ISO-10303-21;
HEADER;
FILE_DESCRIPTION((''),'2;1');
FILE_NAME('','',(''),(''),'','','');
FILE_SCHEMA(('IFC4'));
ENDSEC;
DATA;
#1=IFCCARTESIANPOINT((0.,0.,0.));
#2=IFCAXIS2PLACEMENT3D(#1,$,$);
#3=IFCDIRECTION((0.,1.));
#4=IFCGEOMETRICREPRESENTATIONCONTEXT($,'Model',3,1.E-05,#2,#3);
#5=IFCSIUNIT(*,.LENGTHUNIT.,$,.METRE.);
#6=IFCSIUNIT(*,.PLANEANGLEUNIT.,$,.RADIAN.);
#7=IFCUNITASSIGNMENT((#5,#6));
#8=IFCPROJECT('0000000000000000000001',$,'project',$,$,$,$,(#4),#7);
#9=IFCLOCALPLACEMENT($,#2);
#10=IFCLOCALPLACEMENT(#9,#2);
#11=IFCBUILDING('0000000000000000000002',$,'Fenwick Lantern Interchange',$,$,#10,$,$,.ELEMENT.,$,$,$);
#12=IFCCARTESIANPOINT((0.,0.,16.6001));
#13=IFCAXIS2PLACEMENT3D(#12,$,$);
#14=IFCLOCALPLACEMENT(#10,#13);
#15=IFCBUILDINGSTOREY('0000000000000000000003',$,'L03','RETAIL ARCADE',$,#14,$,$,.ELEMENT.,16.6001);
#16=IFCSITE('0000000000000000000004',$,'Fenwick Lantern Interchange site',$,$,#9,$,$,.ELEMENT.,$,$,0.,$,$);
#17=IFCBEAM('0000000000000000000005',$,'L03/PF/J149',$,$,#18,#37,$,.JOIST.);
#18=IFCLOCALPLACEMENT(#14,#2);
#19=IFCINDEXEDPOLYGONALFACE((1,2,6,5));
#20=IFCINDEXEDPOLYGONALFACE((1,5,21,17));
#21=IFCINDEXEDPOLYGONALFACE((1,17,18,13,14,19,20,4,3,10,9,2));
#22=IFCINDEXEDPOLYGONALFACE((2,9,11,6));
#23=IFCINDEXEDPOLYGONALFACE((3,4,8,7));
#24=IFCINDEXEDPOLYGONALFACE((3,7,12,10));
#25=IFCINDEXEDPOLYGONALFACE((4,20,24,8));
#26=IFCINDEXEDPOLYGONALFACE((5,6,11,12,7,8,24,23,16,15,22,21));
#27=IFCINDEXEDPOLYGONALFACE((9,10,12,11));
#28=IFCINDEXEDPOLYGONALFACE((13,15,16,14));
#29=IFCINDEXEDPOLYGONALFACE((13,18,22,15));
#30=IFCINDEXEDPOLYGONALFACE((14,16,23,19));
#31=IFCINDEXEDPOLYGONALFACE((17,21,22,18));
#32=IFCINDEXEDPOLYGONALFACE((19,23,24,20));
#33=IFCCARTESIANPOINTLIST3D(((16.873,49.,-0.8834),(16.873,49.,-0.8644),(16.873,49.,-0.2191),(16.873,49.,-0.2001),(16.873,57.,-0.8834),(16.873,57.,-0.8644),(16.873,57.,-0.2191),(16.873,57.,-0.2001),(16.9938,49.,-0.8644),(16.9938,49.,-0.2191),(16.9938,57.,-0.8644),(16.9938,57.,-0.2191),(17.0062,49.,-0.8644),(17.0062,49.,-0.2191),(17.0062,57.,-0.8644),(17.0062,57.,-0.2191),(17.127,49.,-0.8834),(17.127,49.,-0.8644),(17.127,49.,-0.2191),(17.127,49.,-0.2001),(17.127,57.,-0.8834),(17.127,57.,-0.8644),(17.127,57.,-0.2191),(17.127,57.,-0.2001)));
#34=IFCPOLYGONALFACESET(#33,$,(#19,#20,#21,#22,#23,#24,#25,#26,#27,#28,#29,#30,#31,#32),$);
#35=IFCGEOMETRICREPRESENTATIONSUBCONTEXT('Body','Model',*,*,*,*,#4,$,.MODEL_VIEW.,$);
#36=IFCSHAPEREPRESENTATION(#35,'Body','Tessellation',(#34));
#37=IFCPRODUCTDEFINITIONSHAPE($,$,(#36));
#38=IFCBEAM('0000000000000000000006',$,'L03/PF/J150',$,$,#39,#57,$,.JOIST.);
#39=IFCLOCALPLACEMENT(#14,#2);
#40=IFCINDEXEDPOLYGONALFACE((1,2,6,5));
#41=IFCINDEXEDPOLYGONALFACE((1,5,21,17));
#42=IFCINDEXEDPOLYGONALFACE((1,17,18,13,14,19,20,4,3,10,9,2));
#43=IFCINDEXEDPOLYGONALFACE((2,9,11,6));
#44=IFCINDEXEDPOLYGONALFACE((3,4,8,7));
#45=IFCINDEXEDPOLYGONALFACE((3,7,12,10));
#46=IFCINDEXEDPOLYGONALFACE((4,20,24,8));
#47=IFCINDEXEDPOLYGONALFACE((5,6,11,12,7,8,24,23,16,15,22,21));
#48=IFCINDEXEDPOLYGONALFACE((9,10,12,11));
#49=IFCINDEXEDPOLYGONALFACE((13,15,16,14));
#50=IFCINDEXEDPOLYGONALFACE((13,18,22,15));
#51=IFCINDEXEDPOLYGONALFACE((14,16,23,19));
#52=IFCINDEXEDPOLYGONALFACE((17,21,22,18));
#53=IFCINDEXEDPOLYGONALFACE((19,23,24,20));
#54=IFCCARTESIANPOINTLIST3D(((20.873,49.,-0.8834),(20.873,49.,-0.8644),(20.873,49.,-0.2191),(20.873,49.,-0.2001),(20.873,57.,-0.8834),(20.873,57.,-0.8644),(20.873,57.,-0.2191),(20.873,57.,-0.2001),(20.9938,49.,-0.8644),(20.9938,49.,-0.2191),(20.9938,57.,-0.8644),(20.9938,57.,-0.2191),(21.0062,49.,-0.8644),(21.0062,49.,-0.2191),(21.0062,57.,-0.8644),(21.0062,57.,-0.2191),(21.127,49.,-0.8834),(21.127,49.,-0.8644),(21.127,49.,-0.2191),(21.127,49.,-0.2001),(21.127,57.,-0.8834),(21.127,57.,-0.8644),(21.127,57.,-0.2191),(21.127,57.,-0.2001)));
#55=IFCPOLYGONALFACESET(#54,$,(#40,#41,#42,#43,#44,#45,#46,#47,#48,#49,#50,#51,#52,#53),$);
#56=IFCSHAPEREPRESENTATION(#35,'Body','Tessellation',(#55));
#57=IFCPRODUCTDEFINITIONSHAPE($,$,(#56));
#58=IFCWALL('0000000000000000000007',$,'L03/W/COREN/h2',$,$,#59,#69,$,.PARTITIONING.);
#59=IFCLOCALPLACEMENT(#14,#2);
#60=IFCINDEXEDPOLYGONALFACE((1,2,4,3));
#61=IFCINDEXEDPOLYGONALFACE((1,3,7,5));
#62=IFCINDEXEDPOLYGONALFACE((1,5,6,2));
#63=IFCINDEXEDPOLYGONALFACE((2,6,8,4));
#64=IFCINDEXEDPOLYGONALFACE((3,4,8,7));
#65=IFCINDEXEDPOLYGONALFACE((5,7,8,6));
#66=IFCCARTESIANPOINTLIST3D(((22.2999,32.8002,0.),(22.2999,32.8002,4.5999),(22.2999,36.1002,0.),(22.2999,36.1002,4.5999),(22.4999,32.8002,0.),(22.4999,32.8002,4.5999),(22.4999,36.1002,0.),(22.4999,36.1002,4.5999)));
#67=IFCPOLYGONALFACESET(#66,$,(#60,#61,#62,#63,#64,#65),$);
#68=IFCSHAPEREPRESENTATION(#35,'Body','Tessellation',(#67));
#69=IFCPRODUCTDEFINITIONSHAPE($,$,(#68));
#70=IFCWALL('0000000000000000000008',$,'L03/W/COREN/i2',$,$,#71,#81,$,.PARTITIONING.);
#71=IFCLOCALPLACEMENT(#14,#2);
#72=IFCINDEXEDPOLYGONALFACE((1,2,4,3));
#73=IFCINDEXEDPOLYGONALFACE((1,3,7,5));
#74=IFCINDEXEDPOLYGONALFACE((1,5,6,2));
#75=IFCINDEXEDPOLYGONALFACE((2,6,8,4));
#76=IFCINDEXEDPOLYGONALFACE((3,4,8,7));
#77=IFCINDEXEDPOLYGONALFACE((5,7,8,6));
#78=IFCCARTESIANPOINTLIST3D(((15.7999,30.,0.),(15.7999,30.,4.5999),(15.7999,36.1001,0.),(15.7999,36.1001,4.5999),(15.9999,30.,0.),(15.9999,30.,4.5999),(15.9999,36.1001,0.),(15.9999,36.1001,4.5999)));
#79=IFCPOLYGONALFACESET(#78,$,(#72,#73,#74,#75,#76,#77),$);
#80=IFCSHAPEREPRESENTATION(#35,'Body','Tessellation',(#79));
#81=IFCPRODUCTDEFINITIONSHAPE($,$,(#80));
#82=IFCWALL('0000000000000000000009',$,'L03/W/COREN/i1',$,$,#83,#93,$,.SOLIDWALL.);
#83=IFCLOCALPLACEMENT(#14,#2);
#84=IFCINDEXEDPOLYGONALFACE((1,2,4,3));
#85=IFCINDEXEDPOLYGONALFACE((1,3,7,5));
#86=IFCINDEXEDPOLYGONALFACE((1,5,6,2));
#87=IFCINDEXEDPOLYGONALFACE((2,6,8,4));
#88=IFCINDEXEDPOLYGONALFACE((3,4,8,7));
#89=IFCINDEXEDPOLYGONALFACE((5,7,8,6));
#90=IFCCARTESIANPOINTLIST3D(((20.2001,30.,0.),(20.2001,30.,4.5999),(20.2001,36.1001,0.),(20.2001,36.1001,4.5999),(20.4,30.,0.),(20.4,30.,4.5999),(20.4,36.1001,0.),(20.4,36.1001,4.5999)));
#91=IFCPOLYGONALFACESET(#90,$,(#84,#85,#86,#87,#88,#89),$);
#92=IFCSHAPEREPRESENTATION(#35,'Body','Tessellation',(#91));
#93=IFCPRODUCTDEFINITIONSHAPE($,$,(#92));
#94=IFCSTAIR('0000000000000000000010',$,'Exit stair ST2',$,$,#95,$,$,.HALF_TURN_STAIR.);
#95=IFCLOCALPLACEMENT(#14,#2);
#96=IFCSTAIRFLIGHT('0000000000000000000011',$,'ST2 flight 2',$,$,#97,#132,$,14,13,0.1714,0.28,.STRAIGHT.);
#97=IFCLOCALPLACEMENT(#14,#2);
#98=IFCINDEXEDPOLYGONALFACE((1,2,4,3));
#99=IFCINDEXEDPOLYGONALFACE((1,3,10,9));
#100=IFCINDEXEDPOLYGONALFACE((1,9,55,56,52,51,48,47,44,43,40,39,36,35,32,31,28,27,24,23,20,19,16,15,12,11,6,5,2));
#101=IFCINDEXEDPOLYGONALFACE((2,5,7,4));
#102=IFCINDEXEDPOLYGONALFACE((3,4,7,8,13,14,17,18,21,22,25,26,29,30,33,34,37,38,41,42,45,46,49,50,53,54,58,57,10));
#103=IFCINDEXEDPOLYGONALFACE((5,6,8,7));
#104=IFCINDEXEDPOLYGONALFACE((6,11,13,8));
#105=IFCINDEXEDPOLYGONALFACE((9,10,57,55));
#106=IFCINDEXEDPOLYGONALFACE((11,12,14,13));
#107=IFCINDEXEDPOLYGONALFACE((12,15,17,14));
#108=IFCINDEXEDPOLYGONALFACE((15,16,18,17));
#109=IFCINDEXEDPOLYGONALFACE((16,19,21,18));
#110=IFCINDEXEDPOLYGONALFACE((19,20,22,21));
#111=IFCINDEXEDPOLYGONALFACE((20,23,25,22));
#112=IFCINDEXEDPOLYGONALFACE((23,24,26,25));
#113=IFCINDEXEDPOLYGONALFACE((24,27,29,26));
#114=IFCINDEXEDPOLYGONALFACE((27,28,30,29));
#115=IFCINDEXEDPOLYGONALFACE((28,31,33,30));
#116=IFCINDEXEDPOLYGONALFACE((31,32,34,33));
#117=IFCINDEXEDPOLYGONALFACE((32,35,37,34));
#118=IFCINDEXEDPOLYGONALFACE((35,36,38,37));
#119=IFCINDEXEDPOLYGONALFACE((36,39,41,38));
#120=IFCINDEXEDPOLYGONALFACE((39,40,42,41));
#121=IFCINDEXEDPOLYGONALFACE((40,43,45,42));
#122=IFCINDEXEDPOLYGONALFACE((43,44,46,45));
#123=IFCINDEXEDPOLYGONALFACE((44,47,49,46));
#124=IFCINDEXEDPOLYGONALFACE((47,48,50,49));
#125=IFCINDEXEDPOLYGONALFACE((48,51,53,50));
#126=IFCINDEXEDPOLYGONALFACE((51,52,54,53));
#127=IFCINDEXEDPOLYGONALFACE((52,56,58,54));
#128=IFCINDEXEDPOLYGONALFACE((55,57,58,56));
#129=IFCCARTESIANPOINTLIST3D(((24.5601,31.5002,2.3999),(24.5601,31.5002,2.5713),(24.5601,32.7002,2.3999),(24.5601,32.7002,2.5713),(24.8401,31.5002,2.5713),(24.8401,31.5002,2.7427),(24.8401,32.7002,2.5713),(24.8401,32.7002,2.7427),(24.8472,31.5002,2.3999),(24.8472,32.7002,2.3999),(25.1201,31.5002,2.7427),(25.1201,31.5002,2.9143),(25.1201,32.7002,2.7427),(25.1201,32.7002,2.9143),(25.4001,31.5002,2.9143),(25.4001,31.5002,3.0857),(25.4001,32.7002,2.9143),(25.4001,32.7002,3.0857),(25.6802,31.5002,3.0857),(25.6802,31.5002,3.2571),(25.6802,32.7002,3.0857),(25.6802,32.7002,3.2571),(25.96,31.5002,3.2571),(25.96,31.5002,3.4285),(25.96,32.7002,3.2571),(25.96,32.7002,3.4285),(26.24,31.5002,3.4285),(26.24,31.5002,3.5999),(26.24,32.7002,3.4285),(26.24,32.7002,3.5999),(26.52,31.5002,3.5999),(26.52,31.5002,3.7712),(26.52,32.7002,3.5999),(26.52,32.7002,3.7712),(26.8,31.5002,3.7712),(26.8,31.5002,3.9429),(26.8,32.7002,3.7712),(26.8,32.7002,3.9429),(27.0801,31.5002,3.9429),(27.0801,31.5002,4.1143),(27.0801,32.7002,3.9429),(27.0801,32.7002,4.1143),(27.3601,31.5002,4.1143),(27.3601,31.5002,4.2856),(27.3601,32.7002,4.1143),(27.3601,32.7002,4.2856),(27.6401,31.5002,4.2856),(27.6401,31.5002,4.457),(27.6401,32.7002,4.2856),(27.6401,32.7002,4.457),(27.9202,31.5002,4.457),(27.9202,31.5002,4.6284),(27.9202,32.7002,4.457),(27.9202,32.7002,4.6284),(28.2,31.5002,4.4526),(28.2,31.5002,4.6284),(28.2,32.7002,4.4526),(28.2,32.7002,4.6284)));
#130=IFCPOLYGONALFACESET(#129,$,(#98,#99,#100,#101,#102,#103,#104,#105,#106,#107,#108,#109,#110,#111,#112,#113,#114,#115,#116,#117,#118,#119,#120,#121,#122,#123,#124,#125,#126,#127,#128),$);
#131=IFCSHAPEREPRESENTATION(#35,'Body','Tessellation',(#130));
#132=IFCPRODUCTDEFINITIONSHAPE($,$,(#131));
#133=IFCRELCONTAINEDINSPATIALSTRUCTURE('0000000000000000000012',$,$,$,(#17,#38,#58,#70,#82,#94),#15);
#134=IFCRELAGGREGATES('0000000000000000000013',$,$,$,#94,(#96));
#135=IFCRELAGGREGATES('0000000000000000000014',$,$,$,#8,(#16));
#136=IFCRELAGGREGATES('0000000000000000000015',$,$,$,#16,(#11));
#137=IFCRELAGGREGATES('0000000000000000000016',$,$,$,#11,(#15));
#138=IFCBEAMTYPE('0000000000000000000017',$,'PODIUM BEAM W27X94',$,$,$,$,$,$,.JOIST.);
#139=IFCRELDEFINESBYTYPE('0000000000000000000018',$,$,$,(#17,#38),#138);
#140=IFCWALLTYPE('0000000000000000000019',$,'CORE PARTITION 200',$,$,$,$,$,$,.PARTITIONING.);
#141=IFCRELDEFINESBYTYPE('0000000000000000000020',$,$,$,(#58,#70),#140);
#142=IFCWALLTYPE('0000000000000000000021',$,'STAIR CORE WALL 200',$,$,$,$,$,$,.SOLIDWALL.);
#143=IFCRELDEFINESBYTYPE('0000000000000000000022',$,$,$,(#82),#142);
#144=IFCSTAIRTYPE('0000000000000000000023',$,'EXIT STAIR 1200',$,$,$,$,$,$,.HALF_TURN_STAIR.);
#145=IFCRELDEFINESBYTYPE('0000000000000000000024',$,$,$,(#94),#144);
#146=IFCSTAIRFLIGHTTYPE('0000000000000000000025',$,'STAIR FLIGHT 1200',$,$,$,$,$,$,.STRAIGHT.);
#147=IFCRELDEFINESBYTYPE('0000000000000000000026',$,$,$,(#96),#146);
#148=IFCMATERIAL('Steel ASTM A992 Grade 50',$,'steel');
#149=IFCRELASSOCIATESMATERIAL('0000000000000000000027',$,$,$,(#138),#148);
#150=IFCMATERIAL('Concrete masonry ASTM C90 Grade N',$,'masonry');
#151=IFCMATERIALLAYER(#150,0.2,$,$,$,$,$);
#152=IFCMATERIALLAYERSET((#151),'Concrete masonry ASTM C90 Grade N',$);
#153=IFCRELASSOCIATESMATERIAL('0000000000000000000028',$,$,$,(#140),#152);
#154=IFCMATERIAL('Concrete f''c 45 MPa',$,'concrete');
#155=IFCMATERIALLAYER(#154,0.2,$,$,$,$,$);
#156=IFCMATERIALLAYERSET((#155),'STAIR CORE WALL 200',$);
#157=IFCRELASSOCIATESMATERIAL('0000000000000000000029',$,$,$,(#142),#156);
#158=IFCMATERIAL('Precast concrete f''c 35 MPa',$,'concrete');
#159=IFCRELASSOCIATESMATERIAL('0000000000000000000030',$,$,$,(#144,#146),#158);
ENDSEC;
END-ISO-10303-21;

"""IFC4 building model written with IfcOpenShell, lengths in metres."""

from ifc_helpers import new_model, si_unit, direction, frame, frame_2d, origin, origin_2d, place, context, subcontext, project, spatial, polyline, rectangle, i_section, outline, extrude, material, layer, layer_set, material_profile, profile_set, type_object, element, aggregate, save


model = new_model("IFC4")

# Units and contexts
model_context = context("Model", 3, precision=1e-05, world=origin(), true_north=direction((0.0, 1.0)))
body_context = subcontext(model_context, "Body", "Model", "MODEL_VIEW")
ifc_project = project(units=[si_unit("LENGTHUNIT", "METRE"), si_unit("PLANEANGLEUNIT", "RADIAN")], contexts=[model_context])

# Site, building, storey
site_placement = place(None, origin())
site = spatial("IfcSite", under=ifc_project, at=site_placement, Name="Fenwick Lantern Interchange site", CompositionType="ELEMENT", RefElevation=0.0)
building_placement = place(site_placement, origin())
building = spatial("IfcBuilding", under=site, at=building_placement, Name="Fenwick Lantern Interchange", CompositionType="ELEMENT")
storey_placement = place(building_placement, frame((0.0, 0.0, 16.6001)))
storey = spatial("IfcBuildingStorey", under=building, at=storey_placement, Name="L03", Description="RETAIL ARCADE", CompositionType="ELEMENT", Elevation=16.6001)

# Beams
ifc_material_1 = material(Name="Steel ASTM A992 Grade 50", Category="steel")
ifc_material_profile_1 = material_profile(ifc_material_1, i_section(OverallWidth=0.2539, OverallDepth=0.6833, WebThickness=0.0125, FlangeThickness=0.019, at=origin_2d()), Name="W27X94")
ifc_profile_set_1 = profile_set([ifc_material_profile_1], Name="Steel ASTM A992 Grade 50")
beam_type_1 = type_object("IfcBeamType", Name="PODIUM BEAM W27X94", PredefinedType="JOIST", material=ifc_profile_set_1)
for number, where, z_axis, x_axis, name in (
    (1, (17.0, 49.0, -0.5417), (0.0, 1.0, 0.0), (-1.0, 0.0, 0.0), "L03/PF/J149"),
    (2, (21.0, 49.0, -0.5417), (0.0, 1.0, 0.0), (-1.0, 0.0, 0.0), "L03/PF/J150"),
):
    element("IfcBeam", number, at=place(storey_placement, frame(where, z_axis=z_axis, x_axis=x_axis)), inside=storey, type_object=beam_type_1, Name=name, PredefinedType="JOIST", context=body_context, shape_type="SweptSolid", body=[
        extrude(i_section(OverallWidth=0.2539, OverallDepth=0.6833, WebThickness=0.0125, FlangeThickness=0.019, at=origin_2d()), origin(), (0.0, 0.0, 1.0), 8.0),
    ])

# Walls
ifc_material_2 = material(Name="Concrete masonry ASTM C90 Grade N", Category="masonry")
ifc_layer_1 = layer(ifc_material_2, 0.2)
ifc_layer_set_1 = layer_set([ifc_layer_1], Name="Concrete masonry ASTM C90 Grade N")
wall_type_1 = type_object("IfcWallType", Name="CORE PARTITION 200", PredefinedType="PARTITIONING", material=ifc_layer_set_1)
wall_1_placement = place(storey_placement, frame((22.3999, 36.1001, 0.0), z_axis=(0.0, 0.0, 1.0), x_axis=(0.0, -1.0, 0.0)))
element("IfcWall", 3, at=wall_1_placement, inside=storey, type_object=wall_type_1, Name="L03/W/COREN/h2", PredefinedType="PARTITIONING", context=body_context, shape_type="SweptSolid", body=[
    extrude(rectangle(XDim=3.3, YDim=0.2, at=frame_2d((1.6499, 0.0))), origin(), (0.0, 0.0, 1.0), 4.5999),
])
wall_2_placement = place(storey_placement, frame((15.8999, 36.1001, 0.0), z_axis=(0.0, 0.0, 1.0), x_axis=(0.0, -1.0, 0.0)))
element("IfcWall", 4, at=wall_2_placement, inside=storey, type_object=wall_type_1, Name="L03/W/COREN/i2", PredefinedType="PARTITIONING", context=body_context, shape_type="SweptSolid", body=[
    extrude(rectangle(XDim=6.1001, YDim=0.2, at=frame_2d((3.05, 0.0))), origin(), (0.0, 0.0, 1.0), 4.5999),
])

# Wall
ifc_material_3 = material(Name="Concrete f'c 45 MPa", Category="concrete")
ifc_layer_2 = layer(ifc_material_3, 0.2)
ifc_layer_set_2 = layer_set([ifc_layer_2], Name="STAIR CORE WALL 200")
wall_type_2 = type_object("IfcWallType", Name="STAIR CORE WALL 200", PredefinedType="SOLIDWALL", material=ifc_layer_set_2)
wall_3_placement = place(storey_placement, frame((20.3, 36.1001, 0.0), z_axis=(0.0, 0.0, 1.0), x_axis=(0.0, -1.0, 0.0)))
element("IfcWall", 5, at=wall_3_placement, inside=storey, type_object=wall_type_2, Name="L03/W/COREN/i1", PredefinedType="SOLIDWALL", context=body_context, shape_type="SweptSolid", body=[
    extrude(rectangle(XDim=6.1001, YDim=0.2, at=frame_2d((3.05, 0.0))), origin(), (0.0, 0.0, 1.0), 4.5999),
])

# Stair, stair flight
ifc_material_4 = material(Name="Precast concrete f'c 35 MPa", Category="concrete")
stair_type = type_object("IfcStairType", Name="EXIT STAIR 1200", PredefinedType="HALF_TURN_STAIR", material=ifc_material_4)
stair_placement = place(storey_placement, origin())
stair = element("IfcStair", 6, at=stair_placement, inside=storey, type_object=stair_type, Name="Exit stair ST2", PredefinedType="HALF_TURN_STAIR")
stair_flight_type = type_object("IfcStairFlightType", Name="STAIR FLIGHT 1200", PredefinedType="STRAIGHT", material=ifc_material_4)
stair_flight_placement = place(storey_placement, frame((24.5601, 32.1001, 2.3999), z_axis=(0.0, 0.0, 1.0), x_axis=(1.0, 0.0, 0.0)))
stair_flight = element("IfcStairFlight", 7, at=stair_flight_placement, type_object=stair_flight_type, Name="ST2 flight 2", NumberOfRisers=14, NumberOfTreads=13, PredefinedType="STRAIGHT", RiserHeight=0.1714, TreadLength=0.28, context=body_context, shape_type="SweptSolid", body=[
    extrude(outline(polyline([(0.0, 0.0), (0.0, 0.1714), (0.28, 0.1714), (0.28, 0.3428), (0.5601, 0.3428), (0.5601, 0.5144), (0.8401, 0.5144), (0.8401, 0.6858), (1.1201, 0.6858), (1.1201, 0.8572), (1.3999, 0.8572), (1.3999, 1.0286), (1.6799, 1.0286), (1.6799, 1.2), (1.96, 1.2), (1.96, 1.3713), (2.24, 1.3713), (2.24, 1.543), (2.52, 1.543), (2.52, 1.7144), (2.8, 1.7144), (2.8, 1.8857), (3.0801, 1.8857), (3.0801, 2.0571), (3.3601, 2.0571), (3.3601, 2.2285), (3.6399, 2.2285), (3.6399, 2.3999), (3.6399, 2.0527), (0.2871, 0.0), (0.0, 0.0)])), frame((0.0, 0.6001, 0.0), z_axis=(0.0, -1.0, 0.0), x_axis=(1.0, 0.0, 0.0)), (0.0, 0.0, 1.0), 1.2),
])
aggregate(stair, [stair_flight])

save(model, "model.ifc")
